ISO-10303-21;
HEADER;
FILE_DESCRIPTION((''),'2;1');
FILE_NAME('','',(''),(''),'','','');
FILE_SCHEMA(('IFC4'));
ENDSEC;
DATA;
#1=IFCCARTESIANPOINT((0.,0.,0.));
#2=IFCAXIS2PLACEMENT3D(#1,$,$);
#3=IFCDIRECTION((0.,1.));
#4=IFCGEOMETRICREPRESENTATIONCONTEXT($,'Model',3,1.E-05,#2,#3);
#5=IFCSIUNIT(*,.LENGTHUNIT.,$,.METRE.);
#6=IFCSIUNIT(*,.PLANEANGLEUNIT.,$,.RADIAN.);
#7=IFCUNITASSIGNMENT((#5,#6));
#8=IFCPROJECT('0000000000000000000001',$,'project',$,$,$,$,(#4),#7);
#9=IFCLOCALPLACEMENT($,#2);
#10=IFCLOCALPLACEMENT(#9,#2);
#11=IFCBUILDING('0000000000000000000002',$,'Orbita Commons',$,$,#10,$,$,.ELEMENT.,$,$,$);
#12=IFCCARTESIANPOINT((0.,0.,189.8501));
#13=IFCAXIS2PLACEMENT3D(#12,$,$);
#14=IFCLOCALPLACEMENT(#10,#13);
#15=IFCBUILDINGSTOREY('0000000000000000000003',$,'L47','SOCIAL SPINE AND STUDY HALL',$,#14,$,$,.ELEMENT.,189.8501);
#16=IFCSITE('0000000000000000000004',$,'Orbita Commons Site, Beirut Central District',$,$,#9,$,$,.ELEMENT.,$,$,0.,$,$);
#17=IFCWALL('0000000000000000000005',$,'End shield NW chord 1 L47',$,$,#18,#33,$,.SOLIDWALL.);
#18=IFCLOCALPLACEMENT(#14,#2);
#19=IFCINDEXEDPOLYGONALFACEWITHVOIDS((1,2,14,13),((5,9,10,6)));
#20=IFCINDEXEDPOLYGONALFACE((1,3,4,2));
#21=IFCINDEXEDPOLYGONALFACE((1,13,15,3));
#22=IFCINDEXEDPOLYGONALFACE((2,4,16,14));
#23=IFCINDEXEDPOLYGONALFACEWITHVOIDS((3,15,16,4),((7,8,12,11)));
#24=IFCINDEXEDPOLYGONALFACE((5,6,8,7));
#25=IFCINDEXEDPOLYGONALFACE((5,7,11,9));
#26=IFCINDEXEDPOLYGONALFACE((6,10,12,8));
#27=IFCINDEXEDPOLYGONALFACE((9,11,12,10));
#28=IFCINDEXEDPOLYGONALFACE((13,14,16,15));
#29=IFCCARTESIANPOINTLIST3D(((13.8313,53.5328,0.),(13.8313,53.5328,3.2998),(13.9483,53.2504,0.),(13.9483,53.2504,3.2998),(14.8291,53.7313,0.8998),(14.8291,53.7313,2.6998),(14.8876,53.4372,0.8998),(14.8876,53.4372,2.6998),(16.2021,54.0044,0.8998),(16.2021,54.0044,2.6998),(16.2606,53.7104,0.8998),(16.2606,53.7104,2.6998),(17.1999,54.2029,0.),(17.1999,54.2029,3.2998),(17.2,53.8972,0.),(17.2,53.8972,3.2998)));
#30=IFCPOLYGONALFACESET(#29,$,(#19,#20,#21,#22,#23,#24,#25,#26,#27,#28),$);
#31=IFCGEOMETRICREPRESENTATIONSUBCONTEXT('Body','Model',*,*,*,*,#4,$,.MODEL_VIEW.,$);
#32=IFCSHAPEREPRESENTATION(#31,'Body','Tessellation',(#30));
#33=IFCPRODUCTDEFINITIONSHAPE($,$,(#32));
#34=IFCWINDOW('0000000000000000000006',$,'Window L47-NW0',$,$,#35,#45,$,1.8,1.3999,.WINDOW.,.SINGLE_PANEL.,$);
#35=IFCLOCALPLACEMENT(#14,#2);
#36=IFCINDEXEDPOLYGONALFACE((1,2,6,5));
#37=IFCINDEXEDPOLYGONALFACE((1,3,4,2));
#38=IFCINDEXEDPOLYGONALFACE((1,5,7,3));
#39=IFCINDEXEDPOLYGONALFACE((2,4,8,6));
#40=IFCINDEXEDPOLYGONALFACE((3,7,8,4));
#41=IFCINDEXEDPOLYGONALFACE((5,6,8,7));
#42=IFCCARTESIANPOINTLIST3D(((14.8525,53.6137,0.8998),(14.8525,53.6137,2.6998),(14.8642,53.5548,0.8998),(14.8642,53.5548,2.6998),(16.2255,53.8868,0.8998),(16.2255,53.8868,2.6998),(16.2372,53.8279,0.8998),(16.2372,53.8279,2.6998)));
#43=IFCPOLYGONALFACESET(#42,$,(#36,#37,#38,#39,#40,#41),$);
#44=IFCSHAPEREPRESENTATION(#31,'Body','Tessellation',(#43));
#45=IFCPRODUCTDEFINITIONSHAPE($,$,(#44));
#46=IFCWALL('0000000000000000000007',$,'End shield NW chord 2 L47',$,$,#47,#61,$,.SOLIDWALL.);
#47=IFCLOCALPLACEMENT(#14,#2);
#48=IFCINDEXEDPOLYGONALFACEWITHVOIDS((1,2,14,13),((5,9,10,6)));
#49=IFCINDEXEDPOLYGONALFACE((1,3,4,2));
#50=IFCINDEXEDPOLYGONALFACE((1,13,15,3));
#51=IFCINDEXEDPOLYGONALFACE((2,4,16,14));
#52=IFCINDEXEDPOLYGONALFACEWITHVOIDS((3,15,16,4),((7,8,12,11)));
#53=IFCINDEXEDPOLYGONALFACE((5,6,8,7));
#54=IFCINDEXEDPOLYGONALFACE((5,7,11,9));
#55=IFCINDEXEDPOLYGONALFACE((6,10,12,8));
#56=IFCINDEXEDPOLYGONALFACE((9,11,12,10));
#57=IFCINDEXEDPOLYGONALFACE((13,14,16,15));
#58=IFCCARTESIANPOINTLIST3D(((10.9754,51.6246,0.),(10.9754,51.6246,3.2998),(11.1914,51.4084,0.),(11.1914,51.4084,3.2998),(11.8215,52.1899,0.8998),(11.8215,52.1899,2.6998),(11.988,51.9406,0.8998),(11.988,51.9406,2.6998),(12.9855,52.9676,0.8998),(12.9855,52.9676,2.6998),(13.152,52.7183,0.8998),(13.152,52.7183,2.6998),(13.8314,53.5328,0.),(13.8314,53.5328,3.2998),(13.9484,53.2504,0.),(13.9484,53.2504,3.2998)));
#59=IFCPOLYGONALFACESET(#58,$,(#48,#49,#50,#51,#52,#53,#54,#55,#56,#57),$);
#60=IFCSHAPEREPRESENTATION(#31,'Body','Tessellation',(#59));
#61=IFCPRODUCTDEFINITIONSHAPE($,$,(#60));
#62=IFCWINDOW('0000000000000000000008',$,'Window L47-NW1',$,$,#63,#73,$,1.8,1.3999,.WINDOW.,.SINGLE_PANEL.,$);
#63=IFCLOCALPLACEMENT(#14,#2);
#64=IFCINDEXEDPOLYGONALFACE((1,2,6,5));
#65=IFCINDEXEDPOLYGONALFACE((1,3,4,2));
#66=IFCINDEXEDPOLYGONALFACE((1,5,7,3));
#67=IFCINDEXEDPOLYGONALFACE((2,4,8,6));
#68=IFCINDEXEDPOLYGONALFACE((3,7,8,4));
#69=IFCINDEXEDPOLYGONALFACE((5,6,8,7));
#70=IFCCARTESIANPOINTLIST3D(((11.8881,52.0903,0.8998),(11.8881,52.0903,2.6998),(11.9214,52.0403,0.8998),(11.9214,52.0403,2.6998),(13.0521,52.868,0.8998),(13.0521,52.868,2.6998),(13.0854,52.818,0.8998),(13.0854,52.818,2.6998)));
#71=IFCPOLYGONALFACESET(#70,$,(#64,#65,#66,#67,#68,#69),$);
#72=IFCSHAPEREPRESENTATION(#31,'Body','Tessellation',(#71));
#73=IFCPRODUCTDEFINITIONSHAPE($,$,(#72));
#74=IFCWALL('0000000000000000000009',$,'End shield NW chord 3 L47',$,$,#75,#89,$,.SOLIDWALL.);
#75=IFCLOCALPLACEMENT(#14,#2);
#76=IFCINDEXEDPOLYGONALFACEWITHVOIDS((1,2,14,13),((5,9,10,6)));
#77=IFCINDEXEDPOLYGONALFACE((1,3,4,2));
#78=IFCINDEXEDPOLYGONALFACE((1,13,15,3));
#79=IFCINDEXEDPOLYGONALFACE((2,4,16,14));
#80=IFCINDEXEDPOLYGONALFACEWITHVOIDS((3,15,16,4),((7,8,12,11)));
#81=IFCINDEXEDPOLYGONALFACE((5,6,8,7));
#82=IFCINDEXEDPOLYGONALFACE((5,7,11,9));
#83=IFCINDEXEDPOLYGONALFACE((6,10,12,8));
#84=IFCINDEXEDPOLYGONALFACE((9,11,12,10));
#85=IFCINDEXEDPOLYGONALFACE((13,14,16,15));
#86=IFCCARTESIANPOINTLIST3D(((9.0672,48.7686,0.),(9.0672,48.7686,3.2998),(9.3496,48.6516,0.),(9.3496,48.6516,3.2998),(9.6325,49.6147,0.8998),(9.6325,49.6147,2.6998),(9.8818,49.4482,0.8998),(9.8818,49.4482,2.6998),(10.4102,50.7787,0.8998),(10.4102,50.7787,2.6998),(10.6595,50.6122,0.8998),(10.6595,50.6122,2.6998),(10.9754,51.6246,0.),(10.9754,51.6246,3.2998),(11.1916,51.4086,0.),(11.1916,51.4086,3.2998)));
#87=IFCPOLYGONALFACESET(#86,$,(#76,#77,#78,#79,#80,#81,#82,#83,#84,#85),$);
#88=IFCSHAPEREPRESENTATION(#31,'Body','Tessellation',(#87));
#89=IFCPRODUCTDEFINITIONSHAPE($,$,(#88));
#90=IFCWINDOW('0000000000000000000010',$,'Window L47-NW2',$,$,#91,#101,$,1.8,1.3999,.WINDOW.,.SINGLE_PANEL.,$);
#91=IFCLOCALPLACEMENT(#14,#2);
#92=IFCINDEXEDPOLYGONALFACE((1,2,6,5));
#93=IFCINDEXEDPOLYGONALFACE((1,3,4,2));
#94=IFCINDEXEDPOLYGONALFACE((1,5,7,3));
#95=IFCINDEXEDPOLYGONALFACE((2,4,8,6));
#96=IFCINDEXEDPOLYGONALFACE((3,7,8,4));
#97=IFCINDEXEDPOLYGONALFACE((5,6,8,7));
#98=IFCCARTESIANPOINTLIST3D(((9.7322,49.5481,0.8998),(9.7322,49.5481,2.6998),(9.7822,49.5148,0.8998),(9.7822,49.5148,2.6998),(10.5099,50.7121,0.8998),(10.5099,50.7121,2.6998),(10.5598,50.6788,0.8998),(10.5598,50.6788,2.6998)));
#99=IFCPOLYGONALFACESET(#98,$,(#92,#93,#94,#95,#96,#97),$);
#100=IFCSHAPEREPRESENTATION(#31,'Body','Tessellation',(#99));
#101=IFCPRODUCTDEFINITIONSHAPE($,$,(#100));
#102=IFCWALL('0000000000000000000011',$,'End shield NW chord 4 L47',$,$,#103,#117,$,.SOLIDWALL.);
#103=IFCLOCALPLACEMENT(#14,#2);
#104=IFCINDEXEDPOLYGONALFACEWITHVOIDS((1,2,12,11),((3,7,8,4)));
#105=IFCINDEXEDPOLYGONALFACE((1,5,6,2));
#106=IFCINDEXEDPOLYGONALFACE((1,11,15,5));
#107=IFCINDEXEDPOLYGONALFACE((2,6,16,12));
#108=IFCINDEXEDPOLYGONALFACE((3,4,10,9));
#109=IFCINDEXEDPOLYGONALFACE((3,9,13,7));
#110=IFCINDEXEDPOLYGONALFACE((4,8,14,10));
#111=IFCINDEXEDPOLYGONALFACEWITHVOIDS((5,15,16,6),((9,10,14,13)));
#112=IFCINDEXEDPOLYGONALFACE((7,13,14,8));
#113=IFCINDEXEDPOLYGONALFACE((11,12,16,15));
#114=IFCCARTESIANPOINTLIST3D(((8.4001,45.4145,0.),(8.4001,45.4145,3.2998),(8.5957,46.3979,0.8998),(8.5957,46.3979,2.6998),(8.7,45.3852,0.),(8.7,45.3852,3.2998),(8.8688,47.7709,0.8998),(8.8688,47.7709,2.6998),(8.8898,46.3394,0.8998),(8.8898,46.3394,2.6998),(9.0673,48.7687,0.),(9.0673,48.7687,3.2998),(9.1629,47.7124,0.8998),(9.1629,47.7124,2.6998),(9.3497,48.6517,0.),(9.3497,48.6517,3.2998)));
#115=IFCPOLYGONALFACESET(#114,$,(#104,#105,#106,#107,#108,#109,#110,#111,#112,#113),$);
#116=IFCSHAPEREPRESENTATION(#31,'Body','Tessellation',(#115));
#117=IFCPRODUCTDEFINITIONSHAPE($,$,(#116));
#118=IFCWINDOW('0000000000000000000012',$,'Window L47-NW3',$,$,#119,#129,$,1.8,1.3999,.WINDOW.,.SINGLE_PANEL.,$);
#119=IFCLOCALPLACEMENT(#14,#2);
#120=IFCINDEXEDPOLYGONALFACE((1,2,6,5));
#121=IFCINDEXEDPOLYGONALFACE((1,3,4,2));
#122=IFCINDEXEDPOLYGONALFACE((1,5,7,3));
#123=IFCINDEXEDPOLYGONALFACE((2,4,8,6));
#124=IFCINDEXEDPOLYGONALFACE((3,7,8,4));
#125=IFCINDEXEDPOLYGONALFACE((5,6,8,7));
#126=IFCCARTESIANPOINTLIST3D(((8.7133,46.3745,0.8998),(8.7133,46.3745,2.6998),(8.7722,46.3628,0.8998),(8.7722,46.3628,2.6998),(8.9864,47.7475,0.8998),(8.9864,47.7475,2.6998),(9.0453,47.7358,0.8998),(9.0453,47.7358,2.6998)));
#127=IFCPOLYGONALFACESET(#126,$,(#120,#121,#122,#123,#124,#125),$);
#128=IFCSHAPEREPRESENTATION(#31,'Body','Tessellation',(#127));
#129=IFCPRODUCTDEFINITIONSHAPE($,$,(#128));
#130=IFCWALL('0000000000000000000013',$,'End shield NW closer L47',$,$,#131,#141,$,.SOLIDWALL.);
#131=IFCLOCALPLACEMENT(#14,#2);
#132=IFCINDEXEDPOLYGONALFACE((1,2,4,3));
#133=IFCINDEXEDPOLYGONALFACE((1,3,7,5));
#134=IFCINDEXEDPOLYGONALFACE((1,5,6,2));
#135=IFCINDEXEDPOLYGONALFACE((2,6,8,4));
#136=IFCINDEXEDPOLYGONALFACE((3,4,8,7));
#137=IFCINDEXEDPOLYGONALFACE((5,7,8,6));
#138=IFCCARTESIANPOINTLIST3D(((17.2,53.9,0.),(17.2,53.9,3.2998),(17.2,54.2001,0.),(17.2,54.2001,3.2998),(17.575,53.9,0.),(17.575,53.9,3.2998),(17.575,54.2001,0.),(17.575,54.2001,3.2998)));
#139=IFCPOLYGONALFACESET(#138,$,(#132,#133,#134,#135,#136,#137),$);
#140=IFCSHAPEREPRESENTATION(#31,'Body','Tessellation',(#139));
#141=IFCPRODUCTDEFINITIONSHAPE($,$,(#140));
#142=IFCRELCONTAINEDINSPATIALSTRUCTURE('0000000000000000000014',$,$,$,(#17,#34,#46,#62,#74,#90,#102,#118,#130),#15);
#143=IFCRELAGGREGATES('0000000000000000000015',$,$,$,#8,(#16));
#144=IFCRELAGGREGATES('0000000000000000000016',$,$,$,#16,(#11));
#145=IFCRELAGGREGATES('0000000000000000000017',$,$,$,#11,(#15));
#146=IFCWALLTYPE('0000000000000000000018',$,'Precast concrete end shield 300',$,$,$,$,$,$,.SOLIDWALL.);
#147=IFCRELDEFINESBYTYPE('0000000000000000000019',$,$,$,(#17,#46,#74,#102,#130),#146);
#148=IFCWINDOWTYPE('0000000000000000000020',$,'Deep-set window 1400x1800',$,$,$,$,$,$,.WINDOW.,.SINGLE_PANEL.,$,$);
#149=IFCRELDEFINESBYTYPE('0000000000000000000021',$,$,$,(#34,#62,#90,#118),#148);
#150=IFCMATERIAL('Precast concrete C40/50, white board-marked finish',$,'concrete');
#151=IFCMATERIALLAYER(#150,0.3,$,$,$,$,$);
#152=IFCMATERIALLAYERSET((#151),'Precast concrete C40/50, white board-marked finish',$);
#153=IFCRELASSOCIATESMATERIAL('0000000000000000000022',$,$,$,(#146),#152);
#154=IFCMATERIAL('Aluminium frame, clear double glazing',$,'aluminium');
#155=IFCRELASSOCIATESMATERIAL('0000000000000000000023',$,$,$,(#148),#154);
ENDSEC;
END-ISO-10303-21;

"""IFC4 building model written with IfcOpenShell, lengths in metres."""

from ifc_helpers import new_model, si_unit, direction, frame, frame_2d, origin, place, context, subcontext, project, spatial, polyline, rectangle, outline, extrude, material, layer, layer_set, type_object, element, fill, save


model = new_model("IFC4")

# Units and contexts
model_context = context("Model", 3, precision=1e-05, world=origin(), true_north=direction((0.0, 1.0)))
body_context = subcontext(model_context, "Body", "Model", "MODEL_VIEW")
ifc_project = project(units=[si_unit("LENGTHUNIT", "METRE"), si_unit("PLANEANGLEUNIT", "RADIAN")], contexts=[model_context])

# Site, building, storey
site_placement = place(None, origin())
site = spatial("IfcSite", under=ifc_project, at=site_placement, Name="Orbita Commons Site, Beirut Central District", CompositionType="ELEMENT", RefElevation=0.0)
building_placement = place(site_placement, origin())
building = spatial("IfcBuilding", under=site, at=building_placement, Name="Orbita Commons", CompositionType="ELEMENT")
storey_placement = place(building_placement, frame((0.0, 0.0, 189.8501)))
storey = spatial("IfcBuildingStorey", under=building, at=storey_placement, Name="L47", Description="SOCIAL SPINE AND STUDY HALL", CompositionType="ELEMENT", Elevation=189.8501)

# Walls, openings, windows
ifc_material_1 = material(Name="Precast concrete C40/50, white board-marked finish", Category="concrete")
ifc_layer_1 = layer(ifc_material_1, 0.3)
ifc_layer_set_1 = layer_set([ifc_layer_1], Name="Precast concrete C40/50, white board-marked finish")
wall_type_1 = type_object("IfcWallType", Name="Precast concrete end shield 300", PredefinedType="SOLIDWALL", material=ifc_layer_set_1)
wall_1_placement = place(storey_placement, frame((17.2, 54.05, 0.0), z_axis=(0.0, 0.0, 1.0), x_axis=(-0.980783, -0.1951, 0.0)))
wall_1 = element("IfcWall", 1, at=wall_1_placement, inside=storey, type_object=wall_type_1, Name="End shield NW chord 1 L47", PredefinedType="SOLIDWALL", context=body_context, shape_type="SweptSolid", body=[
    extrude(outline(polyline([(-0.0298, -0.1499), (3.4048, -0.1499), (3.3452, 0.1499), (0.0298, 0.1499), (-0.0298, -0.1499)])), origin(), (0.0, 0.0, 1.0), 3.2998),
])
opening_1_placement = place(wall_1_placement, frame((0.9875, 0.0, 0.8999)))
opening_1 = element("IfcOpeningElement", 2, at=opening_1_placement, cuts=wall_1, PredefinedType="OPENING", context=body_context, shape_type="SweptSolid", body=[
    extrude(rectangle(XDim=1.3999, YDim=1.8, at=frame_2d((0.7, 0.8999))), frame((0.0, 0.1599, 0.0), z_axis=(0.0, -1.0, 0.0), x_axis=(1.0, 0.0, 0.0)), (0.0, 0.0, 1.0), 0.3201),
])
ifc_material_2 = material(Name="Aluminium frame, clear double glazing", Category="aluminium")
window_type = type_object("IfcWindowType", Name="Deep-set window 1400x1800", PartitioningType="SINGLE_PANEL", PredefinedType="WINDOW", material=ifc_material_2)
window_1_placement = place(opening_1_placement, origin())
window_1 = element("IfcWindow", 3, at=window_1_placement, inside=storey, type_object=window_type, Name="Window L47-NW0", OverallHeight=1.8, OverallWidth=1.3999, PartitioningType="SINGLE_PANEL", PredefinedType="WINDOW", context=body_context, shape_type="SweptSolid", body=[
    extrude(rectangle(XDim=1.3999, YDim=1.8, at=frame_2d((0.7, 0.8999))), frame((0.0, 0.03, 0.0), z_axis=(0.0, -1.0, 0.0), x_axis=(1.0, 0.0, 0.0)), (0.0, 0.0, 1.0), 0.0601),
])
fill(opening_1, window_1)
wall_2_placement = place(storey_placement, frame((13.8899, 53.3916, 0.0), z_axis=(0.0, 0.0, 1.0), x_axis=(-0.831493, -0.555535, 0.0)))
wall_2 = element("IfcWall", 4, at=wall_2_placement, inside=storey, type_object=wall_type_1, Name="End shield NW chord 2 L47", PredefinedType="SOLIDWALL", context=body_context, shape_type="SweptSolid", body=[
    extrude(outline(polyline([(-0.0298, -0.1499), (3.405, -0.1499), (3.3455, 0.1499), (0.0298, 0.1499), (-0.0298, -0.1499)])), origin(), (0.0, 0.0, 1.0), 3.2998),
])
opening_2_placement = place(wall_2_placement, frame((0.9875, 0.0, 0.8999)))
opening_2 = element("IfcOpeningElement", 5, at=opening_2_placement, cuts=wall_2, PredefinedType="OPENING", context=body_context, shape_type="SweptSolid", body=[
    extrude(rectangle(XDim=1.3999, YDim=1.8, at=frame_2d((0.7, 0.8999))), frame((0.0, 0.1599, 0.0), z_axis=(0.0, -1.0, 0.0), x_axis=(1.0, 0.0, 0.0)), (0.0, 0.0, 1.0), 0.3201),
])
window_2_placement = place(opening_2_placement, origin())
window_2 = element("IfcWindow", 6, at=window_2_placement, inside=storey, type_object=window_type, Name="Window L47-NW1", OverallHeight=1.8, OverallWidth=1.3999, PartitioningType="SINGLE_PANEL", PredefinedType="WINDOW", context=body_context, shape_type="SweptSolid", body=[
    extrude(rectangle(XDim=1.3999, YDim=1.8, at=frame_2d((0.7, 0.8999))), frame((0.0, 0.03, 0.0), z_axis=(0.0, -1.0, 0.0), x_axis=(1.0, 0.0, 0.0)), (0.0, 0.0, 1.0), 0.0601),
])
fill(opening_2, window_2)
wall_3_placement = place(storey_placement, frame((11.0835, 51.5166, 0.0), z_axis=(0.0, 0.0, 1.0), x_axis=(-0.555535, -0.831493, 0.0)))
wall_3 = element("IfcWall", 7, at=wall_3_placement, inside=storey, type_object=wall_type_1, Name="End shield NW chord 3 L47", PredefinedType="SOLIDWALL", context=body_context, shape_type="SweptSolid", body=[
    extrude(outline(polyline([(-0.0298, -0.1499), (3.405, -0.1499), (3.3455, 0.1499), (0.0298, 0.1499), (-0.0298, -0.1499)])), origin(), (0.0, 0.0, 1.0), 3.2998),
])
opening_3_placement = place(wall_3_placement, frame((0.9875, 0.0, 0.8999)))
opening_3 = element("IfcOpeningElement", 8, at=opening_3_placement, cuts=wall_3, PredefinedType="OPENING", context=body_context, shape_type="SweptSolid", body=[
    extrude(rectangle(XDim=1.3999, YDim=1.8, at=frame_2d((0.7, 0.8999))), frame((0.0, 0.1599, 0.0), z_axis=(0.0, -1.0, 0.0), x_axis=(1.0, 0.0, 0.0)), (0.0, 0.0, 1.0), 0.3201),
])
window_3_placement = place(opening_3_placement, origin())
window_3 = element("IfcWindow", 9, at=window_3_placement, inside=storey, type_object=window_type, Name="Window L47-NW2", OverallHeight=1.8, OverallWidth=1.3999, PartitioningType="SINGLE_PANEL", PredefinedType="WINDOW", context=body_context, shape_type="SweptSolid", body=[
    extrude(rectangle(XDim=1.3999, YDim=1.8, at=frame_2d((0.7, 0.8999))), frame((0.0, 0.03, 0.0), z_axis=(0.0, -1.0, 0.0), x_axis=(1.0, 0.0, 0.0)), (0.0, 0.0, 1.0), 0.0601),
])
fill(opening_3, window_3)
wall_4_placement = place(storey_placement, frame((9.2085, 48.7102, 0.0), z_axis=(0.0, 0.0, 1.0), x_axis=(-0.195087, -0.980786, 0.0)))
wall_4 = element("IfcWall", 10, at=wall_4_placement, inside=storey, type_object=wall_type_1, Name="End shield NW chord 4 L47", PredefinedType="SOLIDWALL", context=body_context, shape_type="SweptSolid", body=[
    extrude(outline(polyline([(-0.0298, -0.1499), (3.3901, -0.1499), (3.3604, 0.1499), (0.0298, 0.1499), (-0.0298, -0.1499)])), origin(), (0.0, 0.0, 1.0), 3.2998),
])
opening_4_placement = place(wall_4_placement, frame((0.9875, 0.0, 0.8999)))
opening_4 = element("IfcOpeningElement", 11, at=opening_4_placement, cuts=wall_4, PredefinedType="OPENING", context=body_context, shape_type="SweptSolid", body=[
    extrude(rectangle(XDim=1.3999, YDim=1.8, at=frame_2d((0.7, 0.8999))), frame((0.0, 0.1599, 0.0), z_axis=(0.0, -1.0, 0.0), x_axis=(1.0, 0.0, 0.0)), (0.0, 0.0, 1.0), 0.3201),
])
window_4_placement = place(opening_4_placement, origin())
window_4 = element("IfcWindow", 12, at=window_4_placement, inside=storey, type_object=window_type, Name="Window L47-NW3", OverallHeight=1.8, OverallWidth=1.3999, PartitioningType="SINGLE_PANEL", PredefinedType="WINDOW", context=body_context, shape_type="SweptSolid", body=[
    extrude(rectangle(XDim=1.3999, YDim=1.8, at=frame_2d((0.7, 0.8999))), frame((0.0, 0.03, 0.0), z_axis=(0.0, -1.0, 0.0), x_axis=(1.0, 0.0, 0.0)), (0.0, 0.0, 1.0), 0.0601),
])
fill(opening_4, window_4)

# Wall
wall_5_placement = place(storey_placement, frame((17.2, 54.05, 0.0), z_axis=(0.0, 0.0, 1.0), x_axis=(1.0, 0.0, 0.0)))
element("IfcWall", 13, at=wall_5_placement, inside=storey, type_object=wall_type_1, Name="End shield NW closer L47", PredefinedType="SOLIDWALL", context=body_context, shape_type="SweptSolid", body=[
    extrude(rectangle(XDim=0.375, YDim=0.3, at=frame_2d((0.1875, 0.0))), origin(), (0.0, 0.0, 1.0), 3.2998),
])

save(model, "model.ifc")
